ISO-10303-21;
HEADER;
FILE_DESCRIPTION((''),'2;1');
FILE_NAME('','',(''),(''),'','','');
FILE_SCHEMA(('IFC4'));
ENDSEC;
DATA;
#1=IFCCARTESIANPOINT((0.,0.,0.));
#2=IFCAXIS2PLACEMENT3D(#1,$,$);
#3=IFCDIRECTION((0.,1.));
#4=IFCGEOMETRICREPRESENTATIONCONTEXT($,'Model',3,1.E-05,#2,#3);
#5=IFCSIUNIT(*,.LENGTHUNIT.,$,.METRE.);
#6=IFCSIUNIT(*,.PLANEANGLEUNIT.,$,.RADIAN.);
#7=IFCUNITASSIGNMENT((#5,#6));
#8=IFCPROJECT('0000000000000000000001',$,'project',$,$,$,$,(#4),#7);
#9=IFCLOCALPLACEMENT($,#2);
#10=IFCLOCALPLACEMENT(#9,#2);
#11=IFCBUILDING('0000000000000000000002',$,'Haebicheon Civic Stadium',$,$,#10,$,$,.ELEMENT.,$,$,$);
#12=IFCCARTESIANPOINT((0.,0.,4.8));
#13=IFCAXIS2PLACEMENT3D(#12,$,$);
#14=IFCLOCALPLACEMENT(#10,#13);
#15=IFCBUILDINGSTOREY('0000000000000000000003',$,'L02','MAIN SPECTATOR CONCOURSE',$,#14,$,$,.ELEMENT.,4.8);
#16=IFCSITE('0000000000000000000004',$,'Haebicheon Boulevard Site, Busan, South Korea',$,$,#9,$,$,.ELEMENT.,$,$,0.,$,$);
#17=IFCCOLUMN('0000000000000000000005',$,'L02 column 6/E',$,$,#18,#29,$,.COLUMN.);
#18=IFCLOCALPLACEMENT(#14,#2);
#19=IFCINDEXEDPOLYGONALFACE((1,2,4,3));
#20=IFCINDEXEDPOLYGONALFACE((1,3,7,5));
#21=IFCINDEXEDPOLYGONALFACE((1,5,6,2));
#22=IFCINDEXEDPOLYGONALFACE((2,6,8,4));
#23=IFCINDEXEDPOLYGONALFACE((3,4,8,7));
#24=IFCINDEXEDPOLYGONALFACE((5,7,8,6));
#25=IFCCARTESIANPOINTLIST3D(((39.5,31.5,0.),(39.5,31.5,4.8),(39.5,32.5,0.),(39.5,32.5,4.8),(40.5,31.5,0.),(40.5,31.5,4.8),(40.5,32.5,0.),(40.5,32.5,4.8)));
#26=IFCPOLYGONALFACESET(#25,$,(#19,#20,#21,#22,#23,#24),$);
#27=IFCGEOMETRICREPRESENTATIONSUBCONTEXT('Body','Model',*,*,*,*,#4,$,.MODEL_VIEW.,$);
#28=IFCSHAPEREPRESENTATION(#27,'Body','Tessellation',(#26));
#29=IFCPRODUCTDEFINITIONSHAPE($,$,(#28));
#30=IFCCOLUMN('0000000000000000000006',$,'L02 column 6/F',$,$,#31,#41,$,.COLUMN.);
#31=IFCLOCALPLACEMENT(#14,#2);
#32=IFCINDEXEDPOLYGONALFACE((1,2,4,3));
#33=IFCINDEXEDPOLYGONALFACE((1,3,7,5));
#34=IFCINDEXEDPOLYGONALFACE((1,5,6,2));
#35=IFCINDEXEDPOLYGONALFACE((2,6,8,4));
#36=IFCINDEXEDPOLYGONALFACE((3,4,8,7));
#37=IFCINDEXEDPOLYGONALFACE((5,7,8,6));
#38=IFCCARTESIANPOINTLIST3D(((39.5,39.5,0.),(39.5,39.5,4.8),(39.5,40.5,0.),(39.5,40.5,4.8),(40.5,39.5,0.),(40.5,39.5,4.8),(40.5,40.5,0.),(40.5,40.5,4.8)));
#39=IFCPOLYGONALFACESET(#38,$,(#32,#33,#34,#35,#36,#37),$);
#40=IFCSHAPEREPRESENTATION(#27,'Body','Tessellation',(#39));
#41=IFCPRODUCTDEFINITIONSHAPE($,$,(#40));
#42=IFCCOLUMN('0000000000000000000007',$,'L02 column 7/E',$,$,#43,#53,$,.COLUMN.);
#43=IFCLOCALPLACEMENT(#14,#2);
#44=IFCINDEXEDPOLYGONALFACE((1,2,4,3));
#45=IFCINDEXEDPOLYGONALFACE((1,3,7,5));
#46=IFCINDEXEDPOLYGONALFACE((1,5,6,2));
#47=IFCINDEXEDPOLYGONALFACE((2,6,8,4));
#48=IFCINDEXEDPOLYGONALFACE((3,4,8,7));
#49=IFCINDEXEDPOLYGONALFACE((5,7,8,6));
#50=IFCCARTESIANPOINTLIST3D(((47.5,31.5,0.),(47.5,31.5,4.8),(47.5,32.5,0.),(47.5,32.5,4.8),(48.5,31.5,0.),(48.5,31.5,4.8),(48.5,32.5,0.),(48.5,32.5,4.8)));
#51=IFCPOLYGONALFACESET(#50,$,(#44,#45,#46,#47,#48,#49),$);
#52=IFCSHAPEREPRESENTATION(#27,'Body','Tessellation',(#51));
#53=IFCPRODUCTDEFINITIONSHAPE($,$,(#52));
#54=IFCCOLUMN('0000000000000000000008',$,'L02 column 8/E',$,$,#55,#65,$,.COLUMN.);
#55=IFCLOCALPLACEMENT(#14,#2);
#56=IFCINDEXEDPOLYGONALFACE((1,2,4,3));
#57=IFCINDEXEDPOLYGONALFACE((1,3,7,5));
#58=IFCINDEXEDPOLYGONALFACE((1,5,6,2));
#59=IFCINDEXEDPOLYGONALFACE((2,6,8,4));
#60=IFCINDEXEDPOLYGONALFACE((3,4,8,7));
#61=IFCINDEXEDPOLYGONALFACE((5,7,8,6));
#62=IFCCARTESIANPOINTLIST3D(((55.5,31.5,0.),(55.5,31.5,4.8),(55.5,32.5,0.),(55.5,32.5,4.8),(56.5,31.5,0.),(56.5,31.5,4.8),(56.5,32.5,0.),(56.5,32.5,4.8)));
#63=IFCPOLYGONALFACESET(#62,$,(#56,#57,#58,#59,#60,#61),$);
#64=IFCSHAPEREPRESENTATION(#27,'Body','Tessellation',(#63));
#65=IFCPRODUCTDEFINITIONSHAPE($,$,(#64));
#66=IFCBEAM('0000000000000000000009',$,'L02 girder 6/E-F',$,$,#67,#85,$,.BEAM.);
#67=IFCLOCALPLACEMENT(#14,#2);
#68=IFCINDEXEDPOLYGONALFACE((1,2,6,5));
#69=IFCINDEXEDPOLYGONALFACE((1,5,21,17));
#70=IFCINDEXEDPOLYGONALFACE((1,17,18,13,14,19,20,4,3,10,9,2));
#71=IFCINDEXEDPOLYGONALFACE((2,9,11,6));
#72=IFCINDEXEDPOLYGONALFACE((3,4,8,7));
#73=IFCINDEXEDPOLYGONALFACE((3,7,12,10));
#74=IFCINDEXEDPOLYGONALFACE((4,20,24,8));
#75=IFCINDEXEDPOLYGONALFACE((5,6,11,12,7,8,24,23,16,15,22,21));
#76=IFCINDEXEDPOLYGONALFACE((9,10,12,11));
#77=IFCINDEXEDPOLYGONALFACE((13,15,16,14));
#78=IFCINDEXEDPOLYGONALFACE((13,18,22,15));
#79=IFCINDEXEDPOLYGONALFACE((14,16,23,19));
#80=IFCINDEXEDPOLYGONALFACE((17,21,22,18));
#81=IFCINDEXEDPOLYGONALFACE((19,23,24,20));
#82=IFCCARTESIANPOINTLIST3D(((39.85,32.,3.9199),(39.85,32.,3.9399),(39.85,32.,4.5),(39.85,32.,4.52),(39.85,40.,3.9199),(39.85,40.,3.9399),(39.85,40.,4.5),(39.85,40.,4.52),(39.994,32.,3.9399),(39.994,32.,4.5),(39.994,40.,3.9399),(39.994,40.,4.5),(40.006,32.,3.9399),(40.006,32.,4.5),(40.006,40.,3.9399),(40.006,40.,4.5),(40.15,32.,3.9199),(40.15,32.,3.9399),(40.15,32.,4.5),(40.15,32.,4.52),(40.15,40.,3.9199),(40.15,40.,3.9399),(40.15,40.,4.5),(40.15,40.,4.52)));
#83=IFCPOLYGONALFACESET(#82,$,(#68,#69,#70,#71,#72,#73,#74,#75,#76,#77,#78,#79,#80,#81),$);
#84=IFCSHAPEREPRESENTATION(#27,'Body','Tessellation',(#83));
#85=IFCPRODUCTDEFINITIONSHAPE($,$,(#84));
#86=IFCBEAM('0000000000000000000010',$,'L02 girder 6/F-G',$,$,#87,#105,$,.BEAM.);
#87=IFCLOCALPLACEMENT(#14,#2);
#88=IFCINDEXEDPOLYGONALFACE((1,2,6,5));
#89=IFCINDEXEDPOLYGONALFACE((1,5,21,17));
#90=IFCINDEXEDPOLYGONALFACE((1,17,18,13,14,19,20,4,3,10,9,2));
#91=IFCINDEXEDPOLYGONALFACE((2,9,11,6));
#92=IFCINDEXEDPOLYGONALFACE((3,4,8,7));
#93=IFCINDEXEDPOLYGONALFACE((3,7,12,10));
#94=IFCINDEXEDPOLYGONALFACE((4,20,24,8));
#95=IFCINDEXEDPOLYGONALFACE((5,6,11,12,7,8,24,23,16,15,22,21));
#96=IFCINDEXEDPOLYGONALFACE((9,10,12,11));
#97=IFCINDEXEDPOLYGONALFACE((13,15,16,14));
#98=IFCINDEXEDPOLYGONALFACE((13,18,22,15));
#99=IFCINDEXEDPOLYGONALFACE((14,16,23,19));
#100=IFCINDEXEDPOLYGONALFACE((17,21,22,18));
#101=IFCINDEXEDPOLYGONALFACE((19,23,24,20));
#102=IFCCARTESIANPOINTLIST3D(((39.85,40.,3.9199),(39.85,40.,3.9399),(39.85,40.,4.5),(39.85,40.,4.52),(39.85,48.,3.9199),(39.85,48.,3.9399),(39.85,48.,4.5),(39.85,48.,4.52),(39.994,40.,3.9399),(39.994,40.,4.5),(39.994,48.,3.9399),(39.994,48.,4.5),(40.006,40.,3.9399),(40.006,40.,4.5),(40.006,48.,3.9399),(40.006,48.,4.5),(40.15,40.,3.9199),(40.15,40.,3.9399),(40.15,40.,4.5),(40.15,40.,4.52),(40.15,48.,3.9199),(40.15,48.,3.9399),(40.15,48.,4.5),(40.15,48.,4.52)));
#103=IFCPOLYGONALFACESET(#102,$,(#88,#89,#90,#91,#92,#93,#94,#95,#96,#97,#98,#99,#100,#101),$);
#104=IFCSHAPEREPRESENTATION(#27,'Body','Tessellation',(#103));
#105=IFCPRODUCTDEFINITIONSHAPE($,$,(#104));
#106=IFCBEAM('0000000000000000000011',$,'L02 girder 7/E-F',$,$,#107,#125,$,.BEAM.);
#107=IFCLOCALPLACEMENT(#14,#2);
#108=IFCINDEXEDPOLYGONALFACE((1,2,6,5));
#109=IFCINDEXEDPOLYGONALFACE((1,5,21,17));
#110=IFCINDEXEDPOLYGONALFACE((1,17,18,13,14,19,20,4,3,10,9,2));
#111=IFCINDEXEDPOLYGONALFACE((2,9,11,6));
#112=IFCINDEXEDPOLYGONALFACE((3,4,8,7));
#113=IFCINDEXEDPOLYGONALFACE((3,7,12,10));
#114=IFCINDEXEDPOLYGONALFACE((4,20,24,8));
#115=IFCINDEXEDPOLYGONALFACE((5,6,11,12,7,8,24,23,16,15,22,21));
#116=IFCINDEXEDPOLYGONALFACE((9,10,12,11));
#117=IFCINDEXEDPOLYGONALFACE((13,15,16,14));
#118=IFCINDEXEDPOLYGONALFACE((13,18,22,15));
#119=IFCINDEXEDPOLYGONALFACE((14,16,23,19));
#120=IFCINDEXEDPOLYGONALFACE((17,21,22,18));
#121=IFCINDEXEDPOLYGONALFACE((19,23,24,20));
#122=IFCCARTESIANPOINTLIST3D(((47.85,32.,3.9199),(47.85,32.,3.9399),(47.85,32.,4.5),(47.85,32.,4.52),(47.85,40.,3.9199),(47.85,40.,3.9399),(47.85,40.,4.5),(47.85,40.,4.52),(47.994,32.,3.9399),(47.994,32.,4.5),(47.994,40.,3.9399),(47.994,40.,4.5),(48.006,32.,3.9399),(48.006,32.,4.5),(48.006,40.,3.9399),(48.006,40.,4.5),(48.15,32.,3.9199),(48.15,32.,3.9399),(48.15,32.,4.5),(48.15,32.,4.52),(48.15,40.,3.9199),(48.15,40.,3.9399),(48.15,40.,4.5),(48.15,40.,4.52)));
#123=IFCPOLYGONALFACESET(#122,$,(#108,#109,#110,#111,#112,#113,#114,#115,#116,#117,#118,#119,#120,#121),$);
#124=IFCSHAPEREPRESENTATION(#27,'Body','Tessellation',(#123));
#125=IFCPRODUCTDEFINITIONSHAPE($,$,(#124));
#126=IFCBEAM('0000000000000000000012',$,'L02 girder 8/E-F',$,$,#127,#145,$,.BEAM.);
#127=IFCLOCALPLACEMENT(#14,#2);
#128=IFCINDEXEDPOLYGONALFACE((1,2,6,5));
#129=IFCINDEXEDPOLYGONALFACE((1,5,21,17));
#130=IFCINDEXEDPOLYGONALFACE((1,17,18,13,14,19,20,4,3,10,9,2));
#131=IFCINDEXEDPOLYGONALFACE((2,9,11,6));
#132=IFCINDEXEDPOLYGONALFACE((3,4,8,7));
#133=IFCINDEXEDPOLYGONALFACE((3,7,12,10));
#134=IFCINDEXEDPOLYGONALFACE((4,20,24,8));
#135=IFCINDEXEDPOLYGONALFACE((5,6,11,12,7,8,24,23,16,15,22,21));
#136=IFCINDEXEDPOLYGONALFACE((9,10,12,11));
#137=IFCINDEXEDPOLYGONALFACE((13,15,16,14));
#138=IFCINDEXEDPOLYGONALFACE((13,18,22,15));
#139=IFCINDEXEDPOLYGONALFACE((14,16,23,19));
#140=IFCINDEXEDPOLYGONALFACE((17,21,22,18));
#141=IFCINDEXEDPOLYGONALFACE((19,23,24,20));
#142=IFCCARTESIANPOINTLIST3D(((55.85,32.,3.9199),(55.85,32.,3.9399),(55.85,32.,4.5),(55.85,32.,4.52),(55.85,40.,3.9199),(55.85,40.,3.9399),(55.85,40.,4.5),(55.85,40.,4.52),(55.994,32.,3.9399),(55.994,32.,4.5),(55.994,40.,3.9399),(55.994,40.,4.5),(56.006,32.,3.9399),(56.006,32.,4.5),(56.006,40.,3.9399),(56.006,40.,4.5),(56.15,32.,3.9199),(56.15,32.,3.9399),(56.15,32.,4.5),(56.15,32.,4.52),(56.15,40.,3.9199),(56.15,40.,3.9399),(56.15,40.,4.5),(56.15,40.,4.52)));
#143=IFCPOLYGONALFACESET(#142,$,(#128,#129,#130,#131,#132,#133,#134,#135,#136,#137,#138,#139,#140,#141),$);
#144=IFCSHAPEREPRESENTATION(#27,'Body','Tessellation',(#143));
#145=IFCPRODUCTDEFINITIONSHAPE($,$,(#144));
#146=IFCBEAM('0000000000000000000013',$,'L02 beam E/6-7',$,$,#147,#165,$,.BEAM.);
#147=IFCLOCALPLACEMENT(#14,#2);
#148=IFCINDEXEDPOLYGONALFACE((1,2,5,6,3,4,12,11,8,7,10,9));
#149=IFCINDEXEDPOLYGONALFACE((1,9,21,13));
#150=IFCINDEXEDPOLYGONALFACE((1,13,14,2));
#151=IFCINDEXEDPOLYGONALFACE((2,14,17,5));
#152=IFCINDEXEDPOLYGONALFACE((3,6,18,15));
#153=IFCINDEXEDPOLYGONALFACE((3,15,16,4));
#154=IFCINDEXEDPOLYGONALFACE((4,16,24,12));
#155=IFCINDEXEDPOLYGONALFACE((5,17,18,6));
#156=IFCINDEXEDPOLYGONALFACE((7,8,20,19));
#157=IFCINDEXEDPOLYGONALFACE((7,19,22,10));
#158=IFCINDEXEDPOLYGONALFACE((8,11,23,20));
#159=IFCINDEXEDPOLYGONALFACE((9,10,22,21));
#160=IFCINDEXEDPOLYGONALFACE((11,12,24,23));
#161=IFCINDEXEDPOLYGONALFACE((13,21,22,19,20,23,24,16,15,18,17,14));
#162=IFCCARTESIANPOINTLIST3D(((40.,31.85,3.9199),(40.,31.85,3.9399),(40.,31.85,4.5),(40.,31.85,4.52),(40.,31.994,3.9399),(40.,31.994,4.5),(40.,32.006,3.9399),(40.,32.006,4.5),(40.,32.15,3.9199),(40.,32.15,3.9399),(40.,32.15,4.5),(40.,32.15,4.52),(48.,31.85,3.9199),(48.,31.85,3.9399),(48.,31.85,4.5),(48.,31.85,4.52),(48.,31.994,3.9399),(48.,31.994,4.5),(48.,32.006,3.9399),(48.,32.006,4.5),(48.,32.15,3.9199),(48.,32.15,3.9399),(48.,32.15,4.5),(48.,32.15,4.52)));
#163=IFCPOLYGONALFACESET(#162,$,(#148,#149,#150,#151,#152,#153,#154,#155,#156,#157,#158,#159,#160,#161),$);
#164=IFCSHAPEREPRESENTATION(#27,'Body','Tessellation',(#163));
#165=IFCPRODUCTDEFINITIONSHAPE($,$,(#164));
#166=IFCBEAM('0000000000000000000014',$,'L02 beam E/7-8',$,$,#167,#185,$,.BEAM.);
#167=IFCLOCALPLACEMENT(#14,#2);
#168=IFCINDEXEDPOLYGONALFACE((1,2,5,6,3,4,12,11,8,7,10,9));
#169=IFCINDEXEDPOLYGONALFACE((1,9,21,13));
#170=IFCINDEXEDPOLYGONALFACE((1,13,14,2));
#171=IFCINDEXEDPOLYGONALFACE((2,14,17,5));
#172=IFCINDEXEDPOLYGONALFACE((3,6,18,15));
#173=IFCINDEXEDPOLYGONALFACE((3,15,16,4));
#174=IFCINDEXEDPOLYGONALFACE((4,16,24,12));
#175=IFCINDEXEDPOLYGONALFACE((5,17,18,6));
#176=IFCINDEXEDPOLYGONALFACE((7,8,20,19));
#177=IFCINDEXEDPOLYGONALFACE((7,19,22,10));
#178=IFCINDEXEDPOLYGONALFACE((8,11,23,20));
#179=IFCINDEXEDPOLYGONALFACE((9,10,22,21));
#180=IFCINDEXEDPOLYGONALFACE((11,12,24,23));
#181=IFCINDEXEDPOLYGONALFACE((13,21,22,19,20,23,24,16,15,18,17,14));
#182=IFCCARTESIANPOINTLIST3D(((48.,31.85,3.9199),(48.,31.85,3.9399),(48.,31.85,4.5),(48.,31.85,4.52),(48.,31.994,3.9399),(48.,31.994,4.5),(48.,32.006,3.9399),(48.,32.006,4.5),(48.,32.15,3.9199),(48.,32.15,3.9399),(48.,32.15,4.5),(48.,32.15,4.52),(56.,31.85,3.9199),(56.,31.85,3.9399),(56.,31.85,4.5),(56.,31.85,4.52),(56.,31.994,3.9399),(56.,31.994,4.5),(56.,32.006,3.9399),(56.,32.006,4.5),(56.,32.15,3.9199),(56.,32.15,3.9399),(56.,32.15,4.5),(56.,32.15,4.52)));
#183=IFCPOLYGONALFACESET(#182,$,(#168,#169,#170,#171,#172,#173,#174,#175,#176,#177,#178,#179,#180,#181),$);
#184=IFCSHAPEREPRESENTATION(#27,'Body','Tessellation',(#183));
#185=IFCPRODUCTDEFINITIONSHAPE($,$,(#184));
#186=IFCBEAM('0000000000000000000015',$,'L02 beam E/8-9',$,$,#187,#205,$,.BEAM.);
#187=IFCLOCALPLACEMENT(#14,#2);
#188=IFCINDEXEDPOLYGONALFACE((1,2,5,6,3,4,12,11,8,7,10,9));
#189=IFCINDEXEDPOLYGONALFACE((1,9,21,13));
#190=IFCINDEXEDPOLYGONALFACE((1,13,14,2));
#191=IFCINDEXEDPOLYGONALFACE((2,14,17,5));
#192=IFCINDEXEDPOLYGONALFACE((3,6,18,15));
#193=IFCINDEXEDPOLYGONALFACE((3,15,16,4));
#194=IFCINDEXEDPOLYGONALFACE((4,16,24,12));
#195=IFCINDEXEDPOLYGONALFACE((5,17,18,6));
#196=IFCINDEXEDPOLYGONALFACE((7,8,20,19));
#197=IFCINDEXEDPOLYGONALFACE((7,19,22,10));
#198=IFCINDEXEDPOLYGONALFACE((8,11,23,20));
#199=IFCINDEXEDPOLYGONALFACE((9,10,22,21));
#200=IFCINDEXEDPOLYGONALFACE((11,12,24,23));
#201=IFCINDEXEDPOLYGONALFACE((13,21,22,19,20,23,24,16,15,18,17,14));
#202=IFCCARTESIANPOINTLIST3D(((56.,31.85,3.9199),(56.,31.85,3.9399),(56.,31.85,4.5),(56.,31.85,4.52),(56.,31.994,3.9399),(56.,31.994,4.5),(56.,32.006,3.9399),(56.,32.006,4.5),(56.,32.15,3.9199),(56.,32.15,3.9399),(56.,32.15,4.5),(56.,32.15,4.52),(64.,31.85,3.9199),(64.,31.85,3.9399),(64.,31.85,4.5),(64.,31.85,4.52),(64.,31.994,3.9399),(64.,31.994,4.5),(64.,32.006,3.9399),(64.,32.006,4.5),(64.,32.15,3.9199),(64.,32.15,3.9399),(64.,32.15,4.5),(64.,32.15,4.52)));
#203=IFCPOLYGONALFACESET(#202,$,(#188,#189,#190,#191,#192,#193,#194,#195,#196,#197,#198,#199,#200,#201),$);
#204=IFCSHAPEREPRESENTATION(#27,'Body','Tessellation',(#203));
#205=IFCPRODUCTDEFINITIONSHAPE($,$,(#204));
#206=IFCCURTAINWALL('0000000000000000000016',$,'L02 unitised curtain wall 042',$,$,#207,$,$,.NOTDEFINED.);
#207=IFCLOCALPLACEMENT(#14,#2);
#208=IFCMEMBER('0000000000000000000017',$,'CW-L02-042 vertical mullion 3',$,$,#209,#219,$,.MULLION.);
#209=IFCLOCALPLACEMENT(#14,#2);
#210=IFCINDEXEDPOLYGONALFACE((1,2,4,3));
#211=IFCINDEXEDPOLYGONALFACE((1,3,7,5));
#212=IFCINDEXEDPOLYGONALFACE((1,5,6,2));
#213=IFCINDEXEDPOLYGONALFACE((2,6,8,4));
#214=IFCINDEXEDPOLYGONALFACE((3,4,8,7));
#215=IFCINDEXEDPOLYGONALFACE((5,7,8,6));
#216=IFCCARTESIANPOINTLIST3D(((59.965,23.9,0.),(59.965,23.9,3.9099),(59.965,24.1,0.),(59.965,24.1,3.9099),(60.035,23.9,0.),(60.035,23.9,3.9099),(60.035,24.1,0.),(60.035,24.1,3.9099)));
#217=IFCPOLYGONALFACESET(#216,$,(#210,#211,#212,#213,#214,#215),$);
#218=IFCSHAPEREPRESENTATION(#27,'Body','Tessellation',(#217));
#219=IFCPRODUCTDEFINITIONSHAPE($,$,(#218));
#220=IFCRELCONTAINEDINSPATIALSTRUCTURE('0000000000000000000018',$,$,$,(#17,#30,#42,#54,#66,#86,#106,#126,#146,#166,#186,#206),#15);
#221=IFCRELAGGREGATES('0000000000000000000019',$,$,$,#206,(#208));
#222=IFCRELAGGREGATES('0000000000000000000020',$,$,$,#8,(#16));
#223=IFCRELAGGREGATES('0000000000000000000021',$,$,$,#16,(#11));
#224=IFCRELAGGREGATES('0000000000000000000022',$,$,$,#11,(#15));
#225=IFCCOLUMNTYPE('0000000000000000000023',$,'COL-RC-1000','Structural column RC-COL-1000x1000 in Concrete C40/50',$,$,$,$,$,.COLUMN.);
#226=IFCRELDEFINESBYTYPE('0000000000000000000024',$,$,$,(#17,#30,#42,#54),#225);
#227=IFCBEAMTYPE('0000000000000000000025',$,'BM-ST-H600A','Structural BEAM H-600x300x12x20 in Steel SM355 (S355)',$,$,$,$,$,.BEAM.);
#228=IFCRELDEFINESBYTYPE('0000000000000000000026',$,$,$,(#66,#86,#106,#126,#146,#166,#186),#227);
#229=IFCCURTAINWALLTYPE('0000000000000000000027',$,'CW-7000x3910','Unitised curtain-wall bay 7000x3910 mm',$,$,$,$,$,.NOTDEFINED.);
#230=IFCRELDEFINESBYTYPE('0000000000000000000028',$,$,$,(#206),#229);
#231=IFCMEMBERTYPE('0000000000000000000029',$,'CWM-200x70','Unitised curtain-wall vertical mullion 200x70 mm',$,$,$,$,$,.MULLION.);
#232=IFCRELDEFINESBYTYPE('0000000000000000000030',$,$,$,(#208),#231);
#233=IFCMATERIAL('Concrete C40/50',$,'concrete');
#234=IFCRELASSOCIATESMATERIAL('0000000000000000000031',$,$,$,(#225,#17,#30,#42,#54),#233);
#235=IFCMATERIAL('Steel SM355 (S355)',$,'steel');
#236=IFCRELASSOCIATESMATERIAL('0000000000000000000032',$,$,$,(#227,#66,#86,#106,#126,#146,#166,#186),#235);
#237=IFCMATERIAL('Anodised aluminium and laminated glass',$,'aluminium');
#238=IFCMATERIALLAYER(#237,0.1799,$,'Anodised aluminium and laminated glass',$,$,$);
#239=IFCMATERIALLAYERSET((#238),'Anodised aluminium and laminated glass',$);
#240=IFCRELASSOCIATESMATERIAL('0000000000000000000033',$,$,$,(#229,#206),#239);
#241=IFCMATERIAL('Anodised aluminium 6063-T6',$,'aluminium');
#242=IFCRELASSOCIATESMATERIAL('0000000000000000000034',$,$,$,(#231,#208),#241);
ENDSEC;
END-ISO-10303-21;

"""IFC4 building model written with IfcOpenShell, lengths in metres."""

from ifc_helpers import new_model, si_unit, direction, frame, origin, origin_2d, place, context, subcontext, project, spatial, rectangle, i_section, extrude, material, layer, layer_set, material_profile, profile_set, type_object, element, aggregate, save


model = new_model("IFC4")

# Units and contexts
model_context = context("Model", 3, precision=1e-05, world=origin(), true_north=direction((0.0, 1.0)))
body_context = subcontext(model_context, "Body", "Model", "MODEL_VIEW")
ifc_project = project(units=[si_unit("LENGTHUNIT", "METRE"), si_unit("PLANEANGLEUNIT", "RADIAN")], contexts=[model_context])

# Site, building, storey
site_placement = place(None, origin())
site = spatial("IfcSite", under=ifc_project, at=site_placement, Name="Haebicheon Boulevard Site, Busan, South Korea", CompositionType="ELEMENT", RefElevation=0.0)
building_placement = place(site_placement, origin())
building = spatial("IfcBuilding", under=site, at=building_placement, Name="Haebicheon Civic Stadium", CompositionType="ELEMENT")
storey_placement = place(building_placement, frame((0.0, 0.0, 4.8)))
storey = spatial("IfcBuildingStorey", under=building, at=storey_placement, Name="L02", Description="MAIN SPECTATOR CONCOURSE", CompositionType="ELEMENT", Elevation=4.8)

# Columns
ifc_material_1 = material(Name="Concrete C40/50", Category="concrete")
ifc_material_profile_1 = material_profile(ifc_material_1, rectangle(XDim=1.0, YDim=1.0, at=origin_2d()), Name="RC-COL-1000x1000")
ifc_profile_set_1 = profile_set([ifc_material_profile_1], Name="Concrete C40/50")
column_type = type_object("IfcColumnType", Name="COL-RC-1000", Description="Structural column RC-COL-1000x1000 in Concrete C40/50", PredefinedType="COLUMN", material=ifc_profile_set_1)
for number, where, z_axis, x_axis, name in (
    (1, (40.0, 32.0, 0.0), (0.0, 0.0, 1.0), (1.0, 0.0, 0.0), "L02 column 6/E"),
    (2, (40.0, 40.0, 0.0), (0.0, 0.0, 1.0), (1.0, 0.0, 0.0), "L02 column 6/F"),
    (3, (48.0, 32.0, 0.0), (0.0, 0.0, 1.0), (1.0, 0.0, 0.0), "L02 column 7/E"),
    (4, (56.0, 32.0, 0.0), (0.0, 0.0, 1.0), (1.0, 0.0, 0.0), "L02 column 8/E"),
):
    element("IfcColumn", number, at=place(storey_placement, frame(where, z_axis=z_axis, x_axis=x_axis)), inside=storey, type_object=column_type, material=ifc_profile_set_1, Name=name, PredefinedType="COLUMN", context=body_context, shape_type="SweptSolid", body=[
        extrude(rectangle(XDim=1.0, YDim=1.0, at=origin_2d()), origin(), (0.0, 0.0, 1.0), 4.8),
    ])

# Beams
ifc_material_2 = material(Name="Steel SM355 (S355)", Category="steel")
ifc_material_profile_2 = material_profile(ifc_material_2, i_section(OverallWidth=0.3, OverallDepth=0.6001, WebThickness=0.012, FlangeThickness=0.02, at=origin_2d()), Name="H-600x300x12x20")
ifc_profile_set_2 = profile_set([ifc_material_profile_2], Name="Steel SM355 (S355)")
beam_type_1 = type_object("IfcBeamType", Name="BM-ST-H600A", Description="Structural BEAM H-600x300x12x20 in Steel SM355 (S355)", PredefinedType="BEAM", material=ifc_profile_set_2)
for number, where, z_axis, x_axis, name in (
    (5, (40.0, 32.0, 4.22), (0.0, 1.0, 0.0), (-1.0, 0.0, 0.0), "L02 girder 6/E-F"),
    (6, (40.0, 40.0, 4.22), (0.0, 1.0, 0.0), (-1.0, 0.0, 0.0), "L02 girder 6/F-G"),
    (7, (48.0, 32.0, 4.22), (0.0, 1.0, 0.0), (-1.0, 0.0, 0.0), "L02 girder 7/E-F"),
    (8, (56.0, 32.0, 4.22), (0.0, 1.0, 0.0), (-1.0, 0.0, 0.0), "L02 girder 8/E-F"),
    (9, (40.0, 32.0, 4.22), (1.0, 0.0, 0.0), (0.0, 1.0, 0.0), "L02 beam E/6-7"),
    (10, (48.0, 32.0, 4.22), (1.0, 0.0, 0.0), (0.0, 1.0, 0.0), "L02 beam E/7-8"),
    (11, (56.0, 32.0, 4.22), (1.0, 0.0, 0.0), (0.0, 1.0, 0.0), "L02 beam E/8-9"),
):
    element("IfcBeam", number, at=place(storey_placement, frame(where, z_axis=z_axis, x_axis=x_axis)), inside=storey, type_object=beam_type_1, material=ifc_profile_set_2, Name=name, PredefinedType="BEAM", context=body_context, shape_type="SweptSolid", body=[
        extrude(i_section(OverallWidth=0.3, OverallDepth=0.6001, WebThickness=0.012, FlangeThickness=0.02, at=origin_2d()), origin(), (0.0, 0.0, 1.0), 8.0),
    ])

# Curtain wall, member
ifc_material_3 = material(Name="Anodised aluminium and laminated glass", Category="aluminium")
ifc_layer_1 = layer(ifc_material_3, 0.1799, Name="Anodised aluminium and laminated glass")
ifc_layer_set_1 = layer_set([ifc_layer_1], Name="Anodised aluminium and laminated glass")
curtain_wall_type = type_object("IfcCurtainWallType", Name="CW-7000x3910", Description="Unitised curtain-wall bay 7000x3910 mm", PredefinedType="NOTDEFINED", material=ifc_layer_set_1)
curtain_wall_placement = place(storey_placement, origin())
curtain_wall = element("IfcCurtainWall", 12, at=curtain_wall_placement, inside=storey, type_object=curtain_wall_type, material=ifc_layer_set_1, Name="L02 unitised curtain wall 042", PredefinedType="NOTDEFINED")
ifc_material_4 = material(Name="Anodised aluminium 6063-T6", Category="aluminium")
ifc_material_profile_3 = material_profile(ifc_material_4, rectangle(XDim=0.0701, YDim=0.2, at=origin_2d()), Name="ALU-MULL-70x200")
ifc_profile_set_3 = profile_set([ifc_material_profile_3], Name="Anodised aluminium 6063-T6")
member_type_1 = type_object("IfcMemberType", Name="CWM-200x70", Description="Unitised curtain-wall vertical mullion 200x70 mm", PredefinedType="MULLION", material=ifc_profile_set_3)
member_1_placement = place(storey_placement, frame((60.0, 24.0, 0.0), z_axis=(0.0, 0.0, 1.0), x_axis=(1.0, 0.0, 0.0)))
member_1 = element("IfcMember", 13, at=member_1_placement, type_object=member_type_1, material=ifc_profile_set_3, Name="CW-L02-042 vertical mullion 3", PredefinedType="MULLION", context=body_context, shape_type="SweptSolid", body=[
    extrude(rectangle(XDim=0.0701, YDim=0.2, at=origin_2d()), origin(), (0.0, 0.0, 1.0), 3.9099),
])

aggregate(curtain_wall, [member_1])

save(model, "model.ifc")
